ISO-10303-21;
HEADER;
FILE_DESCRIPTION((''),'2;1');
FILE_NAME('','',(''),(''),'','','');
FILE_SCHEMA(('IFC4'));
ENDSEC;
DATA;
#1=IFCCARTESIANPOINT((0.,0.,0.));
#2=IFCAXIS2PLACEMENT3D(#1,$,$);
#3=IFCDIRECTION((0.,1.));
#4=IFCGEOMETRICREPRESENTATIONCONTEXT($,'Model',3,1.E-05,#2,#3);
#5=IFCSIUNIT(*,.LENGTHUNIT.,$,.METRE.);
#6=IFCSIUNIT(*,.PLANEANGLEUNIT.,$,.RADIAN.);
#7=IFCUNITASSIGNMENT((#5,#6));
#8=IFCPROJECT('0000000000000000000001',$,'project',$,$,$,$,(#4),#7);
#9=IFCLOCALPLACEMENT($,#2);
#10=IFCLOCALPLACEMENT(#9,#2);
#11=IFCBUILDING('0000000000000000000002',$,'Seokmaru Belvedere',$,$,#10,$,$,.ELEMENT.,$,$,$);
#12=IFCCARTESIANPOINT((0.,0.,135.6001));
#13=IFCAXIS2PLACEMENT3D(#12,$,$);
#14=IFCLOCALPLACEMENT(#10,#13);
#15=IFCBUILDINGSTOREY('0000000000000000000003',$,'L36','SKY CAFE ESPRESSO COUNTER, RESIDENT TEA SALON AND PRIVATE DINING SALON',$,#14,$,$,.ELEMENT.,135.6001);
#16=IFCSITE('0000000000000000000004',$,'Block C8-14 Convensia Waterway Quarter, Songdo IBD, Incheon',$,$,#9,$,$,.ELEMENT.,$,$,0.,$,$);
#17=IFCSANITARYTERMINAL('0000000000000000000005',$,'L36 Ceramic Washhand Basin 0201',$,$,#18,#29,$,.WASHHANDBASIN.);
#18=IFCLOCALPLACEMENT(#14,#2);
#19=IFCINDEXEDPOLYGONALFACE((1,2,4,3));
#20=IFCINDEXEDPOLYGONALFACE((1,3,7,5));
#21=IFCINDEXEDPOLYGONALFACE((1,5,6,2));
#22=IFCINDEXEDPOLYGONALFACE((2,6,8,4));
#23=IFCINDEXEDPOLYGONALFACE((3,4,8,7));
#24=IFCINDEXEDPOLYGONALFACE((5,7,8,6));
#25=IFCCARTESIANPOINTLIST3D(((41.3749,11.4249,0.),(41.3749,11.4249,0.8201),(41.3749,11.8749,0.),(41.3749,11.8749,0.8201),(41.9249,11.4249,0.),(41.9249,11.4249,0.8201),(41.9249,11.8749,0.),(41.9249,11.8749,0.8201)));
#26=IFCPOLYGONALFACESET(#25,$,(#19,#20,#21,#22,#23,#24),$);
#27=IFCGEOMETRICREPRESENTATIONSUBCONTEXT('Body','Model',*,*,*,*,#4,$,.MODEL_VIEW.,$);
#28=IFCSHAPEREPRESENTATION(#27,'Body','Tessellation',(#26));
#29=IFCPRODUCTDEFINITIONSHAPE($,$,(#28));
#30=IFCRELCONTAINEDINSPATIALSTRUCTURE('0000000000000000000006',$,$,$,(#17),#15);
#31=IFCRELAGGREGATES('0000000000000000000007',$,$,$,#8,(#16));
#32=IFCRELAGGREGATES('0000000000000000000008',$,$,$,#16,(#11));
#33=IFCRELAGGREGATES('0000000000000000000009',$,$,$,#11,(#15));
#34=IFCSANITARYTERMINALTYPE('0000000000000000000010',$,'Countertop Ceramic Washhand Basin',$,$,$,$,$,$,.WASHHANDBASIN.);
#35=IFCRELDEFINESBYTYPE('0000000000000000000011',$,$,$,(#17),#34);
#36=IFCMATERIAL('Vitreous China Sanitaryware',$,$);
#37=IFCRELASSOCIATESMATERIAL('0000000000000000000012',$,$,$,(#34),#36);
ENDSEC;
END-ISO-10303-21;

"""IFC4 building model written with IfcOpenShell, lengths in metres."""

from ifc_helpers import new_model, si_unit, direction, frame, origin, origin_2d, place, context, subcontext, project, spatial, rectangle, extrude, source, transform, mapped, material, type_object, type_shapes, element, save


model = new_model("IFC4")

# Units and contexts
model_context = context("Model", 3, precision=1e-05, world=origin(), true_north=direction((0.0, 1.0)))
body_context = subcontext(model_context, "Body", "Model", "MODEL_VIEW")
ifc_project = project(units=[si_unit("LENGTHUNIT", "METRE"), si_unit("PLANEANGLEUNIT", "RADIAN")], contexts=[model_context])

# Site, building, storey
site_placement = place(None, origin())
site = spatial("IfcSite", under=ifc_project, at=site_placement, Name="Block C8-14 Convensia Waterway Quarter, Songdo IBD, Incheon", CompositionType="ELEMENT", RefElevation=0.0)
building_placement = place(site_placement, origin())
building = spatial("IfcBuilding", under=site, at=building_placement, Name="Seokmaru Belvedere", CompositionType="ELEMENT")
storey_placement = place(building_placement, frame((0.0, 0.0, 135.6001)))
storey = spatial("IfcBuildingStorey", under=building, at=storey_placement, Name="L36", Description="SKY CAFE ESPRESSO COUNTER, RESIDENT TEA SALON AND PRIVATE DINING SALON", CompositionType="ELEMENT", Elevation=135.6001)

# Sanitary terminal
ifc_material_1 = material(Name="Vitreous China Sanitaryware")
sanitary_terminal_type_1 = type_object("IfcSanitaryTerminalType", Name="Countertop Ceramic Washhand Basin", PredefinedType="WASHHANDBASIN", material=ifc_material_1)
shared_shape_1 = source(origin(), body_context, "Body", "SweptSolid", [
    extrude(rectangle(XDim=0.55, YDim=0.45, at=origin_2d()), origin(), (0.0, 0.0, 1.0), 0.8201),
])
type_shapes(sanitary_terminal_type_1, [shared_shape_1])
sanitary_terminal_1_placement = place(storey_placement, frame((41.6499, 11.6499, 0.0), z_axis=(0.0, 0.0, 1.0), x_axis=(1.0, 0.0, 0.0)))
element("IfcSanitaryTerminal", 1, at=sanitary_terminal_1_placement, inside=storey, type_object=sanitary_terminal_type_1, Name="L36 Ceramic Washhand Basin 0201", PredefinedType="WASHHANDBASIN", context=body_context, shape_type="MappedRepresentation", body=[
    mapped(shared_shape_1, transform((0.0, 0.0, 0.0), scale=1.0)),
])

save(model, "model.ifc")
